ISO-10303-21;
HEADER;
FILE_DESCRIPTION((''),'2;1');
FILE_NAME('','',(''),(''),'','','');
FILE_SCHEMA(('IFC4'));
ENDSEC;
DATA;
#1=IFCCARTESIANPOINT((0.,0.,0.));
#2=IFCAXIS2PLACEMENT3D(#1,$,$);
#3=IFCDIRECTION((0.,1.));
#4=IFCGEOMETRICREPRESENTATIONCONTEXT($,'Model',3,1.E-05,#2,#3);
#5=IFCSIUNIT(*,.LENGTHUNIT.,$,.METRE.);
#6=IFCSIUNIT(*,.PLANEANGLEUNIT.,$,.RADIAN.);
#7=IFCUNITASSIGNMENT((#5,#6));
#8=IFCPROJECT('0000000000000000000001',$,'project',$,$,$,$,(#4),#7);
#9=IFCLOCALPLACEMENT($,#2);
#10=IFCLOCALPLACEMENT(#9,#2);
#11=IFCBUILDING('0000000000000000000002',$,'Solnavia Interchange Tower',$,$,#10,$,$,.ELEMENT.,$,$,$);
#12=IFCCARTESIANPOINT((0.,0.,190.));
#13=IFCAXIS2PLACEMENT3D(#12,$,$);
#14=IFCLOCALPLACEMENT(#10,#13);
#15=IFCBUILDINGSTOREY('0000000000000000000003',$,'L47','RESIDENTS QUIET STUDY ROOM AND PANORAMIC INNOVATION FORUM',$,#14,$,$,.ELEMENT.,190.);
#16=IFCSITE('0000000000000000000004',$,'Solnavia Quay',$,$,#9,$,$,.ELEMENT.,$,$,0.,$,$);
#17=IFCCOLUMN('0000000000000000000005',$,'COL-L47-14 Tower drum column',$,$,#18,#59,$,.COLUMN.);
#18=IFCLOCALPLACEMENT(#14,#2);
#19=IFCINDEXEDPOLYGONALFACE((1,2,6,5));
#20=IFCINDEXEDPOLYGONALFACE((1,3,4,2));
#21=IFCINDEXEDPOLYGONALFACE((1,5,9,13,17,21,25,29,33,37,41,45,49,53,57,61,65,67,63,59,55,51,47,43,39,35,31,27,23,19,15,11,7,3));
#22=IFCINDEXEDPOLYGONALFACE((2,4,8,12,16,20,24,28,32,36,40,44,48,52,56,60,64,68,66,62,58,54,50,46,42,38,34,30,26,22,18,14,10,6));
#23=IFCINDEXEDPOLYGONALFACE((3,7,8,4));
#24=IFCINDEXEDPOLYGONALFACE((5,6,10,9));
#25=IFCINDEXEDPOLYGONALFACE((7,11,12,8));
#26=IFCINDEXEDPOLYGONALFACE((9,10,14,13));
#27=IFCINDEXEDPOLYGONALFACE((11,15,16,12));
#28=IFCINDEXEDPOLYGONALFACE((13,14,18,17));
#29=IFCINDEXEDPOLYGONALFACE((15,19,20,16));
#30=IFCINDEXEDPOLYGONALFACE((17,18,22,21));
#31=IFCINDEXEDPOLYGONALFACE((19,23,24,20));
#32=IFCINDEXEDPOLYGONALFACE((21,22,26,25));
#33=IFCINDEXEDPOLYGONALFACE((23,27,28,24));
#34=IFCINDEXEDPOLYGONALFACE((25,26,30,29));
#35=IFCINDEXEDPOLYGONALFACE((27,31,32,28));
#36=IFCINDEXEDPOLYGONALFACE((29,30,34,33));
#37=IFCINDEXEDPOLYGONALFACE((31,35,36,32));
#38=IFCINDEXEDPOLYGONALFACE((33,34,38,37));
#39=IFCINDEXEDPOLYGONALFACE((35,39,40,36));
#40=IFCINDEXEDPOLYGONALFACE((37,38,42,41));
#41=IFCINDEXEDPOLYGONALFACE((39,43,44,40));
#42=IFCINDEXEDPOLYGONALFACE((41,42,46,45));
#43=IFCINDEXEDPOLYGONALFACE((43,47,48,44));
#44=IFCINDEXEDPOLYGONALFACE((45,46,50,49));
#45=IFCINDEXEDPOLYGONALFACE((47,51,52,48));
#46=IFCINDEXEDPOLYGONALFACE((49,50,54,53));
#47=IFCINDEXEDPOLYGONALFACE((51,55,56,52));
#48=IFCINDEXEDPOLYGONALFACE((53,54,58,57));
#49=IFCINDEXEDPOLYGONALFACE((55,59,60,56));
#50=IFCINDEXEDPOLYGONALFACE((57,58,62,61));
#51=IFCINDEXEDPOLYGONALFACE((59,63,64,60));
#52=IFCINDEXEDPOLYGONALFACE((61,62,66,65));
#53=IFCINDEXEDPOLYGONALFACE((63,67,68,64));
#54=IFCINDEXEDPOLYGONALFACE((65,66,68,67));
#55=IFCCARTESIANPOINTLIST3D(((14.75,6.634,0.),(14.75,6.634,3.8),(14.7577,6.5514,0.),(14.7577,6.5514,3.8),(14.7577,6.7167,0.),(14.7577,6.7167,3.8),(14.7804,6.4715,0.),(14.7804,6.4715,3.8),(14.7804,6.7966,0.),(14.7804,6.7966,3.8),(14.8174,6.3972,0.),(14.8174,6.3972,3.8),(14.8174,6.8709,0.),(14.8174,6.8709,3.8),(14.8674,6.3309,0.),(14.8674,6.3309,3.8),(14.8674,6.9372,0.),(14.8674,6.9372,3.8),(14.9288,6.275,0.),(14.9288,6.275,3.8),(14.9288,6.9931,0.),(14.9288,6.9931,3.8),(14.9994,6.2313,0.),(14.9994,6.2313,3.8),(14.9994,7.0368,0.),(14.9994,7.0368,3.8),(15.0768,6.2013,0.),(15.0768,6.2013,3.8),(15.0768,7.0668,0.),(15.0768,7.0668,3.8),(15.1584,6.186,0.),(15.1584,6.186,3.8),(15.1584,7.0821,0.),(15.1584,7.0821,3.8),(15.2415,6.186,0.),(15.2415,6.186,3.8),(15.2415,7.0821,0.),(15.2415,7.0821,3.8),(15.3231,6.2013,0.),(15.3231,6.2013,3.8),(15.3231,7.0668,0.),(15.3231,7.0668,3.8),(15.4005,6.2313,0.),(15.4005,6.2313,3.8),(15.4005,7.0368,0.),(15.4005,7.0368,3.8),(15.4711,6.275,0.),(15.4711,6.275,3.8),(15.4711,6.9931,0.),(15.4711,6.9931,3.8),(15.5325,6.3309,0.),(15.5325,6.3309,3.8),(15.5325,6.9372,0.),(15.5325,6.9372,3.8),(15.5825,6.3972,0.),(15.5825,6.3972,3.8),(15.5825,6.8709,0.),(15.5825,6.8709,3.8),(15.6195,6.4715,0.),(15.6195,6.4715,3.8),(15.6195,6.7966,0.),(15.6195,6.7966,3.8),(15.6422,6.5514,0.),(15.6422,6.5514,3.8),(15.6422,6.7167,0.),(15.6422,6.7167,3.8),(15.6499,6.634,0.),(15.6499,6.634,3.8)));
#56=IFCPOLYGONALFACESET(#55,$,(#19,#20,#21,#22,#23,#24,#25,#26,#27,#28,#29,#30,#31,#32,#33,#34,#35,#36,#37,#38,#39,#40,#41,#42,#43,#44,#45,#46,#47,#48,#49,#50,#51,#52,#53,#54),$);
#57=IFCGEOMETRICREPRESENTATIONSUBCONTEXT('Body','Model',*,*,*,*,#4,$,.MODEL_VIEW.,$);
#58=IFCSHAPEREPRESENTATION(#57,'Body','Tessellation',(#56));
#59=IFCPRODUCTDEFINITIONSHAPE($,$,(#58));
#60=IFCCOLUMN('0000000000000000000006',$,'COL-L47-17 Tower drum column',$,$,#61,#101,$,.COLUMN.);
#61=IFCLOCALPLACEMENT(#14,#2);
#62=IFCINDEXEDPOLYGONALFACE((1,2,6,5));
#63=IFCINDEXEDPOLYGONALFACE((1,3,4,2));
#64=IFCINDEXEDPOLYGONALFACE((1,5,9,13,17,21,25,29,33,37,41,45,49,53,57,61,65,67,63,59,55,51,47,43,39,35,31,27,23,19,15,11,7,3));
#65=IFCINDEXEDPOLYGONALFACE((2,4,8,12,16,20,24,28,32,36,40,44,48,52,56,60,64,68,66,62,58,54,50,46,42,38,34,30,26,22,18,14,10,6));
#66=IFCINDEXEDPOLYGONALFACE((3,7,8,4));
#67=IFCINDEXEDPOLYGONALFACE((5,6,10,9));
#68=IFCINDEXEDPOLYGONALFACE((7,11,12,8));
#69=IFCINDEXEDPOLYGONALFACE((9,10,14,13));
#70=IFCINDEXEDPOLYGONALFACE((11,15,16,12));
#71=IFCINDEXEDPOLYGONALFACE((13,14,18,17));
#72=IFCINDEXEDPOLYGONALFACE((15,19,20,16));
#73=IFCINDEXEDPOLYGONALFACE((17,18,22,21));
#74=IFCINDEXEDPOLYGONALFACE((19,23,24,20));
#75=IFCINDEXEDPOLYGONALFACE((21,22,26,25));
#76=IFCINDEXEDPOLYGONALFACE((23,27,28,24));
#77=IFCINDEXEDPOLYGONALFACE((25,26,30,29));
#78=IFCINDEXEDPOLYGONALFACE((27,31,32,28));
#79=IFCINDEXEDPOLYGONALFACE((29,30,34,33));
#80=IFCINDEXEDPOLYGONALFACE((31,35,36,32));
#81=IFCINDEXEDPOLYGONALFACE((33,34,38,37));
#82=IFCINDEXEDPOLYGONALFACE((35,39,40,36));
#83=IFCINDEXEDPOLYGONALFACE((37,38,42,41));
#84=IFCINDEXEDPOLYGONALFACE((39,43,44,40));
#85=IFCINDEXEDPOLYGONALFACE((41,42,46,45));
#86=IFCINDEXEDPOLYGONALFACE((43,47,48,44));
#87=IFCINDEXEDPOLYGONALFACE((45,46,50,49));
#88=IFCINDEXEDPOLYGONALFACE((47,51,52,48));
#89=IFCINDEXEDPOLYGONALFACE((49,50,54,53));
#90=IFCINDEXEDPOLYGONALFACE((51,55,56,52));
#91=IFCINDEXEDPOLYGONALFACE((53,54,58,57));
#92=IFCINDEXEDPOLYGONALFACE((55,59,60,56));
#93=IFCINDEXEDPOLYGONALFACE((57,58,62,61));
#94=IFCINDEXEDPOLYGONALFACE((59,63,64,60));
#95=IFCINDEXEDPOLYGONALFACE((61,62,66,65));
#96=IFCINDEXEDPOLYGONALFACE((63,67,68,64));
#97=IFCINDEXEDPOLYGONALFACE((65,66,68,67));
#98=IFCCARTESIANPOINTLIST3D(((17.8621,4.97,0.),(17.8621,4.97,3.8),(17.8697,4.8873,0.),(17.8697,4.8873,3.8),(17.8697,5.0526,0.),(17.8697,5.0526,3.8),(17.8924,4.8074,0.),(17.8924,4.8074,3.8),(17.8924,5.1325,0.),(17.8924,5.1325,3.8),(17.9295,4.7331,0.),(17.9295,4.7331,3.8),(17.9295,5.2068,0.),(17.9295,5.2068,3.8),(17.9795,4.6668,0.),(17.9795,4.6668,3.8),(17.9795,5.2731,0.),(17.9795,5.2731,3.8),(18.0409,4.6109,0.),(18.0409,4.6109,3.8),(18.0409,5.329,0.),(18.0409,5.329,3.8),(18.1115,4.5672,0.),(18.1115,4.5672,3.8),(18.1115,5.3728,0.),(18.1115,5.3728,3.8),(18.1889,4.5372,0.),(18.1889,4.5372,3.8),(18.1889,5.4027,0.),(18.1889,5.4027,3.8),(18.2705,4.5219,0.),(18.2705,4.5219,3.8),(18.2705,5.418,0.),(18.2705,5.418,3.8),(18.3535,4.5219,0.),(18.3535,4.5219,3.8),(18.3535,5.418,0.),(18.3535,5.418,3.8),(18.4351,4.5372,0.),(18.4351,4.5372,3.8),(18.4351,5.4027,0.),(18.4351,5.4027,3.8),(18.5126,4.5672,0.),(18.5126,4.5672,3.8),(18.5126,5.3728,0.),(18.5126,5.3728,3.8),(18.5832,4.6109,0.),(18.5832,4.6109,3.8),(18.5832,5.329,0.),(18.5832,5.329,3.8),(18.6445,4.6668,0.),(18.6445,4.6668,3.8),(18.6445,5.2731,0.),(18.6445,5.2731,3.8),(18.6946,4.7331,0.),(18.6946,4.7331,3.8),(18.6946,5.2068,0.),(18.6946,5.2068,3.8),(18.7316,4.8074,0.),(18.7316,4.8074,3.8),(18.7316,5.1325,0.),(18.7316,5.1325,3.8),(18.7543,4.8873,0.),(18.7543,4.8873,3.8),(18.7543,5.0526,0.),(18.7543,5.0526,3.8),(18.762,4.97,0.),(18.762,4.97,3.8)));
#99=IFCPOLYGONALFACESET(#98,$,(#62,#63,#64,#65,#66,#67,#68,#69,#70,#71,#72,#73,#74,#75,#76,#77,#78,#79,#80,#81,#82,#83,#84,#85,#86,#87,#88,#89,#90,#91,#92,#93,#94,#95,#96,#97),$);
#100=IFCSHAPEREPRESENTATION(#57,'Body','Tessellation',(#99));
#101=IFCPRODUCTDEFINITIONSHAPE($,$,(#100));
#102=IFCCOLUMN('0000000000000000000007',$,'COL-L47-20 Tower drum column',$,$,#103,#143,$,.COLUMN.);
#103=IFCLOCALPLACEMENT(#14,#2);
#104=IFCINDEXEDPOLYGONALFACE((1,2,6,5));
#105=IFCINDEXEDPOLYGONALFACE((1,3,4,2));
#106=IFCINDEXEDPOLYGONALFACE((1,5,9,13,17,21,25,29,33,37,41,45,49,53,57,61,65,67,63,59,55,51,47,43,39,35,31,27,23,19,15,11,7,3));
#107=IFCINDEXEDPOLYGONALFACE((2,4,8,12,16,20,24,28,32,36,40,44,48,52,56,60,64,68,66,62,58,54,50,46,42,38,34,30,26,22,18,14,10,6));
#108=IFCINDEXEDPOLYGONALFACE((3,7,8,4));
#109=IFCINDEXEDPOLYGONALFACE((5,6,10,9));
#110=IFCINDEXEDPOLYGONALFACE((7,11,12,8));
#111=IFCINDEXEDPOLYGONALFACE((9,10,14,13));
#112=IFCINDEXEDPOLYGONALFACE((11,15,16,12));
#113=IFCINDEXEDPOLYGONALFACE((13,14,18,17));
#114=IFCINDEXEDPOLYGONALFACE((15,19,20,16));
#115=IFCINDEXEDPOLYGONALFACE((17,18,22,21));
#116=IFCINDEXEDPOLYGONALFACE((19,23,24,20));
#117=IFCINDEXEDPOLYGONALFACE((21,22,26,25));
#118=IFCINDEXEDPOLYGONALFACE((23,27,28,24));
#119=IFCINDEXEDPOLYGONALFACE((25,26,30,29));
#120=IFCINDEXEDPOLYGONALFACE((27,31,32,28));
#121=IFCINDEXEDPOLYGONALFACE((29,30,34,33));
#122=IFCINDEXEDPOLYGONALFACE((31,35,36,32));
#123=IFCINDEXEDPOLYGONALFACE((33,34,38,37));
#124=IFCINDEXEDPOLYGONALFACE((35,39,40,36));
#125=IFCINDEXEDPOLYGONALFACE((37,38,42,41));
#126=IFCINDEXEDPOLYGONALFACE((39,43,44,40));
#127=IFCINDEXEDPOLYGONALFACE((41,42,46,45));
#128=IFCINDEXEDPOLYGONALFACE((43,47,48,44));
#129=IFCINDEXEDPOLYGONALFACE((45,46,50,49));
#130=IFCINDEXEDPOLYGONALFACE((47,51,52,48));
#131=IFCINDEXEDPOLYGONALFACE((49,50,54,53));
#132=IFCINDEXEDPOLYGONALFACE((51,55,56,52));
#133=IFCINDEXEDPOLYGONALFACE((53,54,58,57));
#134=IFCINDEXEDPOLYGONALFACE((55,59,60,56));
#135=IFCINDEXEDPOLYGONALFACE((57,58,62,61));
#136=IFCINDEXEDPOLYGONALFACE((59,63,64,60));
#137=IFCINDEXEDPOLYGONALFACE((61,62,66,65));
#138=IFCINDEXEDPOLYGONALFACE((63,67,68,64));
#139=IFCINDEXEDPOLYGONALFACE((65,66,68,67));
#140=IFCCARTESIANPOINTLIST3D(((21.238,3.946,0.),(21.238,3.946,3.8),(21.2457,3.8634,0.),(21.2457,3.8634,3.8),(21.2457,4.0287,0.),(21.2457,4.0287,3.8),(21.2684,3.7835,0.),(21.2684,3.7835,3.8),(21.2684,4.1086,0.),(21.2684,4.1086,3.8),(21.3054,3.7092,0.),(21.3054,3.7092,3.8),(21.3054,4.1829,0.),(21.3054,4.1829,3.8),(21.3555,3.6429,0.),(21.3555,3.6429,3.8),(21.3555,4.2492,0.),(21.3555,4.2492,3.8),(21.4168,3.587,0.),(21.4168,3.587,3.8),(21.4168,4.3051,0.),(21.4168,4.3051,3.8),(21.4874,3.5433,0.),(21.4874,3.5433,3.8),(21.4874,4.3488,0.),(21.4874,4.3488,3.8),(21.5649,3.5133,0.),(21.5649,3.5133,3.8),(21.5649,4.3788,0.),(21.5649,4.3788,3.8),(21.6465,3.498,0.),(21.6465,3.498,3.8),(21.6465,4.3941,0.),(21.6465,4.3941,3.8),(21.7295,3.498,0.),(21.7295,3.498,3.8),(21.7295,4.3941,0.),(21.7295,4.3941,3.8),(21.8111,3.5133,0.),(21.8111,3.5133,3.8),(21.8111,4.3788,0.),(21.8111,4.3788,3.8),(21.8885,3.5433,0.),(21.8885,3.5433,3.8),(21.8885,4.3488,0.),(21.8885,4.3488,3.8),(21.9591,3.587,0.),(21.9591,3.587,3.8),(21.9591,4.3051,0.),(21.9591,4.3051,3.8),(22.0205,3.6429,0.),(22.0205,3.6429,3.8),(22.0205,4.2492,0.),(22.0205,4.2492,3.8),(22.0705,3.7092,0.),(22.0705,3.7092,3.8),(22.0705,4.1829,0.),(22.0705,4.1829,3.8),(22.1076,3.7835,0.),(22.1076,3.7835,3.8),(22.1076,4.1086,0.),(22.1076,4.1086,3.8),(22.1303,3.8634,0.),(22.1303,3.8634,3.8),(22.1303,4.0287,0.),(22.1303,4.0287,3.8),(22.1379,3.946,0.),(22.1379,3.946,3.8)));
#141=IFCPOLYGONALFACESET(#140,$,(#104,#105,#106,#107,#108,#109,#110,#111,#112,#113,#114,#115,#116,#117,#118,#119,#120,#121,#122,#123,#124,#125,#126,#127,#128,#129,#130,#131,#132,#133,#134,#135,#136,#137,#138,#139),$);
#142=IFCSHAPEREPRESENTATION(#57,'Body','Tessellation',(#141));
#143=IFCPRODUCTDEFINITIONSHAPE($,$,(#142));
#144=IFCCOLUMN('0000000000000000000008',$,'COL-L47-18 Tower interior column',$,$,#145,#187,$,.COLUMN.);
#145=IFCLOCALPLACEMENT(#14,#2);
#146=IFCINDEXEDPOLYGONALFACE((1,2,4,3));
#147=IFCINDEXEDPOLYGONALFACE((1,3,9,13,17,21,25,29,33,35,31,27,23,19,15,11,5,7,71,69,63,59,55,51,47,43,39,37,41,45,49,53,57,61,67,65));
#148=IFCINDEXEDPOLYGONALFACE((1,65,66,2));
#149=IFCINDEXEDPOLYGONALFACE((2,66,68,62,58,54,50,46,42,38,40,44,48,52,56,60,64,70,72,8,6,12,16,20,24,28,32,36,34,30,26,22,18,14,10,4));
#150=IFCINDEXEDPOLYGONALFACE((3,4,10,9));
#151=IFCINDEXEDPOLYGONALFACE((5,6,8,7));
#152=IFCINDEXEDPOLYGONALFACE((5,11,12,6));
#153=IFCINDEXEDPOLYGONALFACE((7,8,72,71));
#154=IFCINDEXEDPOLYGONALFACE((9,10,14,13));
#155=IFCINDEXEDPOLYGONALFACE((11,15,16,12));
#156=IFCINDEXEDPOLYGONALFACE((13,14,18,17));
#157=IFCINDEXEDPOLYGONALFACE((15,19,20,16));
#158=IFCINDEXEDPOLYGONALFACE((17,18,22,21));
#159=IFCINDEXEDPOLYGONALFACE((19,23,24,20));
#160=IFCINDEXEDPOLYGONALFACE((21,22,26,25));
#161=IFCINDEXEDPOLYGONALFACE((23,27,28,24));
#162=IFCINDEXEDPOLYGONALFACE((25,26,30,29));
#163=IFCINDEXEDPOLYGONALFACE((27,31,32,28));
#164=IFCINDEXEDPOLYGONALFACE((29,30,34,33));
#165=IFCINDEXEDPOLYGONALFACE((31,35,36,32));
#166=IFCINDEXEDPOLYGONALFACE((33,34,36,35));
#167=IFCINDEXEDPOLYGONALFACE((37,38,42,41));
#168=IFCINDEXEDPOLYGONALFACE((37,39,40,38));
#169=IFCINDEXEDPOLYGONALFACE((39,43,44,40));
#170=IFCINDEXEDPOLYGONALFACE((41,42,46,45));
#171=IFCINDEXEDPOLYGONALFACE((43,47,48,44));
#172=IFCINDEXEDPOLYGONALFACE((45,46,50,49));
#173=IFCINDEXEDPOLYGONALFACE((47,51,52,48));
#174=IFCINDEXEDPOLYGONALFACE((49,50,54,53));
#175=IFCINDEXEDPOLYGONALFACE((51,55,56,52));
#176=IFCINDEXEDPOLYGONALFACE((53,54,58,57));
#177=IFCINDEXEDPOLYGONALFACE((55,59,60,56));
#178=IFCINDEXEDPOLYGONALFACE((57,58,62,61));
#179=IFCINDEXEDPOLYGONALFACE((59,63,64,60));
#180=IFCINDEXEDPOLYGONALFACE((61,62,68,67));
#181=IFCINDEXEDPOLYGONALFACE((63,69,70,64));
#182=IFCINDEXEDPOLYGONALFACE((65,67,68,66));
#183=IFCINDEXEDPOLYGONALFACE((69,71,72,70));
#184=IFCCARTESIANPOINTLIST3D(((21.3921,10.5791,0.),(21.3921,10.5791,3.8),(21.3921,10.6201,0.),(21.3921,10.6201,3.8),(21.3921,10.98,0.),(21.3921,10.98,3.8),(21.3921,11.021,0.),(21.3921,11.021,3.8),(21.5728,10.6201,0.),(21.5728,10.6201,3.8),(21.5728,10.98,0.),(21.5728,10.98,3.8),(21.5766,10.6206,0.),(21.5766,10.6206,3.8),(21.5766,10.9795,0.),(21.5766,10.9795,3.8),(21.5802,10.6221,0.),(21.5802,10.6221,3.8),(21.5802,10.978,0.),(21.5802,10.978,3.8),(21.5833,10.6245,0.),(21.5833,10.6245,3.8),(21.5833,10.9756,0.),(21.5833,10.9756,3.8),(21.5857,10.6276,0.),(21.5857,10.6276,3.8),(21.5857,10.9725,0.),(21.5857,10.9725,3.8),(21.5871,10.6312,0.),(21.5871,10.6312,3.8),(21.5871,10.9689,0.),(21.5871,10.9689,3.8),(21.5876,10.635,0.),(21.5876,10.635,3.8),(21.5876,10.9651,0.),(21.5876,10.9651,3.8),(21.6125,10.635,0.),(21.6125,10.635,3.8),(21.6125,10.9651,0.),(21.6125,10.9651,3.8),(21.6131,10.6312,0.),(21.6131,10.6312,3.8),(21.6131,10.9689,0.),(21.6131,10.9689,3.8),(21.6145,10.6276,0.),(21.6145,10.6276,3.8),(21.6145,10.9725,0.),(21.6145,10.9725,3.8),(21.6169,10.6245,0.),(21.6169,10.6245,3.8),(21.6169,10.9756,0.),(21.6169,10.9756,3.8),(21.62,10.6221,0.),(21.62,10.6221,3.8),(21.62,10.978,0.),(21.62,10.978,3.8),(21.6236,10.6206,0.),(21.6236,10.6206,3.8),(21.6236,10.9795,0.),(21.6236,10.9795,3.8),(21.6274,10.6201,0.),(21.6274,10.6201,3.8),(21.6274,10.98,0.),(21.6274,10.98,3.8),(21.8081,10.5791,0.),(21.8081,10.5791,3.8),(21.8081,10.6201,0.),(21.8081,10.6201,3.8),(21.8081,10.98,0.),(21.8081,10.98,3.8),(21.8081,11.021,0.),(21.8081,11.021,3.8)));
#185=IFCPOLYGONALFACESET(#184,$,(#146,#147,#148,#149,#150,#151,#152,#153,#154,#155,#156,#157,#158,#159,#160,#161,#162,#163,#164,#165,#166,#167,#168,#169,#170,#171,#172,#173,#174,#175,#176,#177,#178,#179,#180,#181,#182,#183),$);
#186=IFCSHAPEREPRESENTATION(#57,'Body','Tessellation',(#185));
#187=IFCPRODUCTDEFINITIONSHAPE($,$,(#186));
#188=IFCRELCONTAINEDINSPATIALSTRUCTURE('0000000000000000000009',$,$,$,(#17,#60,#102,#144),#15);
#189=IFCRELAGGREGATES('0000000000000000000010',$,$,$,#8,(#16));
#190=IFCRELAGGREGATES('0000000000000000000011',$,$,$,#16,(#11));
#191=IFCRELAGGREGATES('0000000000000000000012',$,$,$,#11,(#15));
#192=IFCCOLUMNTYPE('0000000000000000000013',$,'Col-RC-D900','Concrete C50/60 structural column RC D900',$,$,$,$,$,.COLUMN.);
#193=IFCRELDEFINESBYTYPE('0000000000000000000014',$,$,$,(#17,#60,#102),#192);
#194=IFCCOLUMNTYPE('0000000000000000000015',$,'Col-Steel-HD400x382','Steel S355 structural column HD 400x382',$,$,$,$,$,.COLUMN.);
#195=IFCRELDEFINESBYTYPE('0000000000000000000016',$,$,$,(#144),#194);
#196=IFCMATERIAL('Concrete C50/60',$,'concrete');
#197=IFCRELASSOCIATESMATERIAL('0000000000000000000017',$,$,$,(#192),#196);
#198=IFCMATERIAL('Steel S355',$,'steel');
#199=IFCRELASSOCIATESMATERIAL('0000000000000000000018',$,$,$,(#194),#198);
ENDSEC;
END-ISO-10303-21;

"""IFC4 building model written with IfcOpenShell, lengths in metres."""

from ifc_helpers import new_model, si_unit, direction, frame, origin, origin_2d, place, context, subcontext, project, spatial, circle, i_section, extrude, material, material_profile, profile_set, type_object, element, save


model = new_model("IFC4")

# Units and contexts
model_context = context("Model", 3, precision=1e-05, world=origin(), true_north=direction((0.0, 1.0)))
body_context = subcontext(model_context, "Body", "Model", "MODEL_VIEW")
ifc_project = project(units=[si_unit("LENGTHUNIT", "METRE"), si_unit("PLANEANGLEUNIT", "RADIAN")], contexts=[model_context])

# Site, building, storey
site_placement = place(None, origin())
site = spatial("IfcSite", under=ifc_project, at=site_placement, Name="Solnavia Quay", CompositionType="ELEMENT", RefElevation=0.0)
building_placement = place(site_placement, origin())
building = spatial("IfcBuilding", under=site, at=building_placement, Name="Solnavia Interchange Tower", CompositionType="ELEMENT")
storey_placement = place(building_placement, frame((0.0, 0.0, 190.0)))
storey = spatial("IfcBuildingStorey", under=building, at=storey_placement, Name="L47", Description="RESIDENTS QUIET STUDY ROOM AND PANORAMIC INNOVATION FORUM", CompositionType="ELEMENT", Elevation=190.0)

# Columns
ifc_material_1 = material(Name="Concrete C50/60", Category="concrete")
ifc_material_profile_1 = material_profile(ifc_material_1, circle(Radius=0.45, at=origin_2d()), Name="RC D900")
ifc_profile_set_1 = profile_set([ifc_material_profile_1], Name="Concrete C50/60")
column_type_1 = type_object("IfcColumnType", Name="Col-RC-D900", Description="Concrete C50/60 structural column RC D900", PredefinedType="COLUMN", material=ifc_profile_set_1)
for number, where, z_axis, x_axis, name in (
    (1, (15.2, 6.634, 0.0), (0.0, 0.0, 1.0), (1.0, 0.0, 0.0), "COL-L47-14 Tower drum column"),
    (2, (18.312, 4.97, 0.0), (0.0, 0.0, 1.0), (1.0, 0.0, 0.0), "COL-L47-17 Tower drum column"),
    (3, (21.688, 3.946, 0.0), (0.0, 0.0, 1.0), (1.0, 0.0, 0.0), "COL-L47-20 Tower drum column"),
):
    element("IfcColumn", number, at=place(storey_placement, frame(where, z_axis=z_axis, x_axis=x_axis)), inside=storey, type_object=column_type_1, Name=name, PredefinedType="COLUMN", context=body_context, shape_type="SweptSolid", body=[
        extrude(circle(Radius=0.45, at=origin_2d()), origin(), (0.0, 0.0, 1.0), 3.8),
    ])
ifc_material_2 = material(Name="Steel S355", Category="steel")
ifc_material_profile_2 = material_profile(ifc_material_2, i_section(OverallWidth=0.416, OverallDepth=0.4419, WebThickness=0.0249, FlangeThickness=0.041, FilletRadius=0.0149, at=origin_2d()), Name="HD 400x382")
ifc_profile_set_2 = profile_set([ifc_material_profile_2], Name="Steel S355")
column_type_2 = type_object("IfcColumnType", Name="Col-Steel-HD400x382", Description="Steel S355 structural column HD 400x382", PredefinedType="COLUMN", material=ifc_profile_set_2)
column_placement = place(storey_placement, frame((21.6001, 10.8, 0.0), z_axis=(0.0, 0.0, 1.0), x_axis=(1.0, 0.0, 0.0)))
element("IfcColumn", 4, at=column_placement, inside=storey, type_object=column_type_2, Name="COL-L47-18 Tower interior column", PredefinedType="COLUMN", context=body_context, shape_type="SweptSolid", body=[
    extrude(i_section(OverallWidth=0.416, OverallDepth=0.4419, WebThickness=0.0249, FlangeThickness=0.041, FilletRadius=0.0149, at=origin_2d()), origin(), (0.0, 0.0, 1.0), 3.8),
])

save(model, "model.ifc")
